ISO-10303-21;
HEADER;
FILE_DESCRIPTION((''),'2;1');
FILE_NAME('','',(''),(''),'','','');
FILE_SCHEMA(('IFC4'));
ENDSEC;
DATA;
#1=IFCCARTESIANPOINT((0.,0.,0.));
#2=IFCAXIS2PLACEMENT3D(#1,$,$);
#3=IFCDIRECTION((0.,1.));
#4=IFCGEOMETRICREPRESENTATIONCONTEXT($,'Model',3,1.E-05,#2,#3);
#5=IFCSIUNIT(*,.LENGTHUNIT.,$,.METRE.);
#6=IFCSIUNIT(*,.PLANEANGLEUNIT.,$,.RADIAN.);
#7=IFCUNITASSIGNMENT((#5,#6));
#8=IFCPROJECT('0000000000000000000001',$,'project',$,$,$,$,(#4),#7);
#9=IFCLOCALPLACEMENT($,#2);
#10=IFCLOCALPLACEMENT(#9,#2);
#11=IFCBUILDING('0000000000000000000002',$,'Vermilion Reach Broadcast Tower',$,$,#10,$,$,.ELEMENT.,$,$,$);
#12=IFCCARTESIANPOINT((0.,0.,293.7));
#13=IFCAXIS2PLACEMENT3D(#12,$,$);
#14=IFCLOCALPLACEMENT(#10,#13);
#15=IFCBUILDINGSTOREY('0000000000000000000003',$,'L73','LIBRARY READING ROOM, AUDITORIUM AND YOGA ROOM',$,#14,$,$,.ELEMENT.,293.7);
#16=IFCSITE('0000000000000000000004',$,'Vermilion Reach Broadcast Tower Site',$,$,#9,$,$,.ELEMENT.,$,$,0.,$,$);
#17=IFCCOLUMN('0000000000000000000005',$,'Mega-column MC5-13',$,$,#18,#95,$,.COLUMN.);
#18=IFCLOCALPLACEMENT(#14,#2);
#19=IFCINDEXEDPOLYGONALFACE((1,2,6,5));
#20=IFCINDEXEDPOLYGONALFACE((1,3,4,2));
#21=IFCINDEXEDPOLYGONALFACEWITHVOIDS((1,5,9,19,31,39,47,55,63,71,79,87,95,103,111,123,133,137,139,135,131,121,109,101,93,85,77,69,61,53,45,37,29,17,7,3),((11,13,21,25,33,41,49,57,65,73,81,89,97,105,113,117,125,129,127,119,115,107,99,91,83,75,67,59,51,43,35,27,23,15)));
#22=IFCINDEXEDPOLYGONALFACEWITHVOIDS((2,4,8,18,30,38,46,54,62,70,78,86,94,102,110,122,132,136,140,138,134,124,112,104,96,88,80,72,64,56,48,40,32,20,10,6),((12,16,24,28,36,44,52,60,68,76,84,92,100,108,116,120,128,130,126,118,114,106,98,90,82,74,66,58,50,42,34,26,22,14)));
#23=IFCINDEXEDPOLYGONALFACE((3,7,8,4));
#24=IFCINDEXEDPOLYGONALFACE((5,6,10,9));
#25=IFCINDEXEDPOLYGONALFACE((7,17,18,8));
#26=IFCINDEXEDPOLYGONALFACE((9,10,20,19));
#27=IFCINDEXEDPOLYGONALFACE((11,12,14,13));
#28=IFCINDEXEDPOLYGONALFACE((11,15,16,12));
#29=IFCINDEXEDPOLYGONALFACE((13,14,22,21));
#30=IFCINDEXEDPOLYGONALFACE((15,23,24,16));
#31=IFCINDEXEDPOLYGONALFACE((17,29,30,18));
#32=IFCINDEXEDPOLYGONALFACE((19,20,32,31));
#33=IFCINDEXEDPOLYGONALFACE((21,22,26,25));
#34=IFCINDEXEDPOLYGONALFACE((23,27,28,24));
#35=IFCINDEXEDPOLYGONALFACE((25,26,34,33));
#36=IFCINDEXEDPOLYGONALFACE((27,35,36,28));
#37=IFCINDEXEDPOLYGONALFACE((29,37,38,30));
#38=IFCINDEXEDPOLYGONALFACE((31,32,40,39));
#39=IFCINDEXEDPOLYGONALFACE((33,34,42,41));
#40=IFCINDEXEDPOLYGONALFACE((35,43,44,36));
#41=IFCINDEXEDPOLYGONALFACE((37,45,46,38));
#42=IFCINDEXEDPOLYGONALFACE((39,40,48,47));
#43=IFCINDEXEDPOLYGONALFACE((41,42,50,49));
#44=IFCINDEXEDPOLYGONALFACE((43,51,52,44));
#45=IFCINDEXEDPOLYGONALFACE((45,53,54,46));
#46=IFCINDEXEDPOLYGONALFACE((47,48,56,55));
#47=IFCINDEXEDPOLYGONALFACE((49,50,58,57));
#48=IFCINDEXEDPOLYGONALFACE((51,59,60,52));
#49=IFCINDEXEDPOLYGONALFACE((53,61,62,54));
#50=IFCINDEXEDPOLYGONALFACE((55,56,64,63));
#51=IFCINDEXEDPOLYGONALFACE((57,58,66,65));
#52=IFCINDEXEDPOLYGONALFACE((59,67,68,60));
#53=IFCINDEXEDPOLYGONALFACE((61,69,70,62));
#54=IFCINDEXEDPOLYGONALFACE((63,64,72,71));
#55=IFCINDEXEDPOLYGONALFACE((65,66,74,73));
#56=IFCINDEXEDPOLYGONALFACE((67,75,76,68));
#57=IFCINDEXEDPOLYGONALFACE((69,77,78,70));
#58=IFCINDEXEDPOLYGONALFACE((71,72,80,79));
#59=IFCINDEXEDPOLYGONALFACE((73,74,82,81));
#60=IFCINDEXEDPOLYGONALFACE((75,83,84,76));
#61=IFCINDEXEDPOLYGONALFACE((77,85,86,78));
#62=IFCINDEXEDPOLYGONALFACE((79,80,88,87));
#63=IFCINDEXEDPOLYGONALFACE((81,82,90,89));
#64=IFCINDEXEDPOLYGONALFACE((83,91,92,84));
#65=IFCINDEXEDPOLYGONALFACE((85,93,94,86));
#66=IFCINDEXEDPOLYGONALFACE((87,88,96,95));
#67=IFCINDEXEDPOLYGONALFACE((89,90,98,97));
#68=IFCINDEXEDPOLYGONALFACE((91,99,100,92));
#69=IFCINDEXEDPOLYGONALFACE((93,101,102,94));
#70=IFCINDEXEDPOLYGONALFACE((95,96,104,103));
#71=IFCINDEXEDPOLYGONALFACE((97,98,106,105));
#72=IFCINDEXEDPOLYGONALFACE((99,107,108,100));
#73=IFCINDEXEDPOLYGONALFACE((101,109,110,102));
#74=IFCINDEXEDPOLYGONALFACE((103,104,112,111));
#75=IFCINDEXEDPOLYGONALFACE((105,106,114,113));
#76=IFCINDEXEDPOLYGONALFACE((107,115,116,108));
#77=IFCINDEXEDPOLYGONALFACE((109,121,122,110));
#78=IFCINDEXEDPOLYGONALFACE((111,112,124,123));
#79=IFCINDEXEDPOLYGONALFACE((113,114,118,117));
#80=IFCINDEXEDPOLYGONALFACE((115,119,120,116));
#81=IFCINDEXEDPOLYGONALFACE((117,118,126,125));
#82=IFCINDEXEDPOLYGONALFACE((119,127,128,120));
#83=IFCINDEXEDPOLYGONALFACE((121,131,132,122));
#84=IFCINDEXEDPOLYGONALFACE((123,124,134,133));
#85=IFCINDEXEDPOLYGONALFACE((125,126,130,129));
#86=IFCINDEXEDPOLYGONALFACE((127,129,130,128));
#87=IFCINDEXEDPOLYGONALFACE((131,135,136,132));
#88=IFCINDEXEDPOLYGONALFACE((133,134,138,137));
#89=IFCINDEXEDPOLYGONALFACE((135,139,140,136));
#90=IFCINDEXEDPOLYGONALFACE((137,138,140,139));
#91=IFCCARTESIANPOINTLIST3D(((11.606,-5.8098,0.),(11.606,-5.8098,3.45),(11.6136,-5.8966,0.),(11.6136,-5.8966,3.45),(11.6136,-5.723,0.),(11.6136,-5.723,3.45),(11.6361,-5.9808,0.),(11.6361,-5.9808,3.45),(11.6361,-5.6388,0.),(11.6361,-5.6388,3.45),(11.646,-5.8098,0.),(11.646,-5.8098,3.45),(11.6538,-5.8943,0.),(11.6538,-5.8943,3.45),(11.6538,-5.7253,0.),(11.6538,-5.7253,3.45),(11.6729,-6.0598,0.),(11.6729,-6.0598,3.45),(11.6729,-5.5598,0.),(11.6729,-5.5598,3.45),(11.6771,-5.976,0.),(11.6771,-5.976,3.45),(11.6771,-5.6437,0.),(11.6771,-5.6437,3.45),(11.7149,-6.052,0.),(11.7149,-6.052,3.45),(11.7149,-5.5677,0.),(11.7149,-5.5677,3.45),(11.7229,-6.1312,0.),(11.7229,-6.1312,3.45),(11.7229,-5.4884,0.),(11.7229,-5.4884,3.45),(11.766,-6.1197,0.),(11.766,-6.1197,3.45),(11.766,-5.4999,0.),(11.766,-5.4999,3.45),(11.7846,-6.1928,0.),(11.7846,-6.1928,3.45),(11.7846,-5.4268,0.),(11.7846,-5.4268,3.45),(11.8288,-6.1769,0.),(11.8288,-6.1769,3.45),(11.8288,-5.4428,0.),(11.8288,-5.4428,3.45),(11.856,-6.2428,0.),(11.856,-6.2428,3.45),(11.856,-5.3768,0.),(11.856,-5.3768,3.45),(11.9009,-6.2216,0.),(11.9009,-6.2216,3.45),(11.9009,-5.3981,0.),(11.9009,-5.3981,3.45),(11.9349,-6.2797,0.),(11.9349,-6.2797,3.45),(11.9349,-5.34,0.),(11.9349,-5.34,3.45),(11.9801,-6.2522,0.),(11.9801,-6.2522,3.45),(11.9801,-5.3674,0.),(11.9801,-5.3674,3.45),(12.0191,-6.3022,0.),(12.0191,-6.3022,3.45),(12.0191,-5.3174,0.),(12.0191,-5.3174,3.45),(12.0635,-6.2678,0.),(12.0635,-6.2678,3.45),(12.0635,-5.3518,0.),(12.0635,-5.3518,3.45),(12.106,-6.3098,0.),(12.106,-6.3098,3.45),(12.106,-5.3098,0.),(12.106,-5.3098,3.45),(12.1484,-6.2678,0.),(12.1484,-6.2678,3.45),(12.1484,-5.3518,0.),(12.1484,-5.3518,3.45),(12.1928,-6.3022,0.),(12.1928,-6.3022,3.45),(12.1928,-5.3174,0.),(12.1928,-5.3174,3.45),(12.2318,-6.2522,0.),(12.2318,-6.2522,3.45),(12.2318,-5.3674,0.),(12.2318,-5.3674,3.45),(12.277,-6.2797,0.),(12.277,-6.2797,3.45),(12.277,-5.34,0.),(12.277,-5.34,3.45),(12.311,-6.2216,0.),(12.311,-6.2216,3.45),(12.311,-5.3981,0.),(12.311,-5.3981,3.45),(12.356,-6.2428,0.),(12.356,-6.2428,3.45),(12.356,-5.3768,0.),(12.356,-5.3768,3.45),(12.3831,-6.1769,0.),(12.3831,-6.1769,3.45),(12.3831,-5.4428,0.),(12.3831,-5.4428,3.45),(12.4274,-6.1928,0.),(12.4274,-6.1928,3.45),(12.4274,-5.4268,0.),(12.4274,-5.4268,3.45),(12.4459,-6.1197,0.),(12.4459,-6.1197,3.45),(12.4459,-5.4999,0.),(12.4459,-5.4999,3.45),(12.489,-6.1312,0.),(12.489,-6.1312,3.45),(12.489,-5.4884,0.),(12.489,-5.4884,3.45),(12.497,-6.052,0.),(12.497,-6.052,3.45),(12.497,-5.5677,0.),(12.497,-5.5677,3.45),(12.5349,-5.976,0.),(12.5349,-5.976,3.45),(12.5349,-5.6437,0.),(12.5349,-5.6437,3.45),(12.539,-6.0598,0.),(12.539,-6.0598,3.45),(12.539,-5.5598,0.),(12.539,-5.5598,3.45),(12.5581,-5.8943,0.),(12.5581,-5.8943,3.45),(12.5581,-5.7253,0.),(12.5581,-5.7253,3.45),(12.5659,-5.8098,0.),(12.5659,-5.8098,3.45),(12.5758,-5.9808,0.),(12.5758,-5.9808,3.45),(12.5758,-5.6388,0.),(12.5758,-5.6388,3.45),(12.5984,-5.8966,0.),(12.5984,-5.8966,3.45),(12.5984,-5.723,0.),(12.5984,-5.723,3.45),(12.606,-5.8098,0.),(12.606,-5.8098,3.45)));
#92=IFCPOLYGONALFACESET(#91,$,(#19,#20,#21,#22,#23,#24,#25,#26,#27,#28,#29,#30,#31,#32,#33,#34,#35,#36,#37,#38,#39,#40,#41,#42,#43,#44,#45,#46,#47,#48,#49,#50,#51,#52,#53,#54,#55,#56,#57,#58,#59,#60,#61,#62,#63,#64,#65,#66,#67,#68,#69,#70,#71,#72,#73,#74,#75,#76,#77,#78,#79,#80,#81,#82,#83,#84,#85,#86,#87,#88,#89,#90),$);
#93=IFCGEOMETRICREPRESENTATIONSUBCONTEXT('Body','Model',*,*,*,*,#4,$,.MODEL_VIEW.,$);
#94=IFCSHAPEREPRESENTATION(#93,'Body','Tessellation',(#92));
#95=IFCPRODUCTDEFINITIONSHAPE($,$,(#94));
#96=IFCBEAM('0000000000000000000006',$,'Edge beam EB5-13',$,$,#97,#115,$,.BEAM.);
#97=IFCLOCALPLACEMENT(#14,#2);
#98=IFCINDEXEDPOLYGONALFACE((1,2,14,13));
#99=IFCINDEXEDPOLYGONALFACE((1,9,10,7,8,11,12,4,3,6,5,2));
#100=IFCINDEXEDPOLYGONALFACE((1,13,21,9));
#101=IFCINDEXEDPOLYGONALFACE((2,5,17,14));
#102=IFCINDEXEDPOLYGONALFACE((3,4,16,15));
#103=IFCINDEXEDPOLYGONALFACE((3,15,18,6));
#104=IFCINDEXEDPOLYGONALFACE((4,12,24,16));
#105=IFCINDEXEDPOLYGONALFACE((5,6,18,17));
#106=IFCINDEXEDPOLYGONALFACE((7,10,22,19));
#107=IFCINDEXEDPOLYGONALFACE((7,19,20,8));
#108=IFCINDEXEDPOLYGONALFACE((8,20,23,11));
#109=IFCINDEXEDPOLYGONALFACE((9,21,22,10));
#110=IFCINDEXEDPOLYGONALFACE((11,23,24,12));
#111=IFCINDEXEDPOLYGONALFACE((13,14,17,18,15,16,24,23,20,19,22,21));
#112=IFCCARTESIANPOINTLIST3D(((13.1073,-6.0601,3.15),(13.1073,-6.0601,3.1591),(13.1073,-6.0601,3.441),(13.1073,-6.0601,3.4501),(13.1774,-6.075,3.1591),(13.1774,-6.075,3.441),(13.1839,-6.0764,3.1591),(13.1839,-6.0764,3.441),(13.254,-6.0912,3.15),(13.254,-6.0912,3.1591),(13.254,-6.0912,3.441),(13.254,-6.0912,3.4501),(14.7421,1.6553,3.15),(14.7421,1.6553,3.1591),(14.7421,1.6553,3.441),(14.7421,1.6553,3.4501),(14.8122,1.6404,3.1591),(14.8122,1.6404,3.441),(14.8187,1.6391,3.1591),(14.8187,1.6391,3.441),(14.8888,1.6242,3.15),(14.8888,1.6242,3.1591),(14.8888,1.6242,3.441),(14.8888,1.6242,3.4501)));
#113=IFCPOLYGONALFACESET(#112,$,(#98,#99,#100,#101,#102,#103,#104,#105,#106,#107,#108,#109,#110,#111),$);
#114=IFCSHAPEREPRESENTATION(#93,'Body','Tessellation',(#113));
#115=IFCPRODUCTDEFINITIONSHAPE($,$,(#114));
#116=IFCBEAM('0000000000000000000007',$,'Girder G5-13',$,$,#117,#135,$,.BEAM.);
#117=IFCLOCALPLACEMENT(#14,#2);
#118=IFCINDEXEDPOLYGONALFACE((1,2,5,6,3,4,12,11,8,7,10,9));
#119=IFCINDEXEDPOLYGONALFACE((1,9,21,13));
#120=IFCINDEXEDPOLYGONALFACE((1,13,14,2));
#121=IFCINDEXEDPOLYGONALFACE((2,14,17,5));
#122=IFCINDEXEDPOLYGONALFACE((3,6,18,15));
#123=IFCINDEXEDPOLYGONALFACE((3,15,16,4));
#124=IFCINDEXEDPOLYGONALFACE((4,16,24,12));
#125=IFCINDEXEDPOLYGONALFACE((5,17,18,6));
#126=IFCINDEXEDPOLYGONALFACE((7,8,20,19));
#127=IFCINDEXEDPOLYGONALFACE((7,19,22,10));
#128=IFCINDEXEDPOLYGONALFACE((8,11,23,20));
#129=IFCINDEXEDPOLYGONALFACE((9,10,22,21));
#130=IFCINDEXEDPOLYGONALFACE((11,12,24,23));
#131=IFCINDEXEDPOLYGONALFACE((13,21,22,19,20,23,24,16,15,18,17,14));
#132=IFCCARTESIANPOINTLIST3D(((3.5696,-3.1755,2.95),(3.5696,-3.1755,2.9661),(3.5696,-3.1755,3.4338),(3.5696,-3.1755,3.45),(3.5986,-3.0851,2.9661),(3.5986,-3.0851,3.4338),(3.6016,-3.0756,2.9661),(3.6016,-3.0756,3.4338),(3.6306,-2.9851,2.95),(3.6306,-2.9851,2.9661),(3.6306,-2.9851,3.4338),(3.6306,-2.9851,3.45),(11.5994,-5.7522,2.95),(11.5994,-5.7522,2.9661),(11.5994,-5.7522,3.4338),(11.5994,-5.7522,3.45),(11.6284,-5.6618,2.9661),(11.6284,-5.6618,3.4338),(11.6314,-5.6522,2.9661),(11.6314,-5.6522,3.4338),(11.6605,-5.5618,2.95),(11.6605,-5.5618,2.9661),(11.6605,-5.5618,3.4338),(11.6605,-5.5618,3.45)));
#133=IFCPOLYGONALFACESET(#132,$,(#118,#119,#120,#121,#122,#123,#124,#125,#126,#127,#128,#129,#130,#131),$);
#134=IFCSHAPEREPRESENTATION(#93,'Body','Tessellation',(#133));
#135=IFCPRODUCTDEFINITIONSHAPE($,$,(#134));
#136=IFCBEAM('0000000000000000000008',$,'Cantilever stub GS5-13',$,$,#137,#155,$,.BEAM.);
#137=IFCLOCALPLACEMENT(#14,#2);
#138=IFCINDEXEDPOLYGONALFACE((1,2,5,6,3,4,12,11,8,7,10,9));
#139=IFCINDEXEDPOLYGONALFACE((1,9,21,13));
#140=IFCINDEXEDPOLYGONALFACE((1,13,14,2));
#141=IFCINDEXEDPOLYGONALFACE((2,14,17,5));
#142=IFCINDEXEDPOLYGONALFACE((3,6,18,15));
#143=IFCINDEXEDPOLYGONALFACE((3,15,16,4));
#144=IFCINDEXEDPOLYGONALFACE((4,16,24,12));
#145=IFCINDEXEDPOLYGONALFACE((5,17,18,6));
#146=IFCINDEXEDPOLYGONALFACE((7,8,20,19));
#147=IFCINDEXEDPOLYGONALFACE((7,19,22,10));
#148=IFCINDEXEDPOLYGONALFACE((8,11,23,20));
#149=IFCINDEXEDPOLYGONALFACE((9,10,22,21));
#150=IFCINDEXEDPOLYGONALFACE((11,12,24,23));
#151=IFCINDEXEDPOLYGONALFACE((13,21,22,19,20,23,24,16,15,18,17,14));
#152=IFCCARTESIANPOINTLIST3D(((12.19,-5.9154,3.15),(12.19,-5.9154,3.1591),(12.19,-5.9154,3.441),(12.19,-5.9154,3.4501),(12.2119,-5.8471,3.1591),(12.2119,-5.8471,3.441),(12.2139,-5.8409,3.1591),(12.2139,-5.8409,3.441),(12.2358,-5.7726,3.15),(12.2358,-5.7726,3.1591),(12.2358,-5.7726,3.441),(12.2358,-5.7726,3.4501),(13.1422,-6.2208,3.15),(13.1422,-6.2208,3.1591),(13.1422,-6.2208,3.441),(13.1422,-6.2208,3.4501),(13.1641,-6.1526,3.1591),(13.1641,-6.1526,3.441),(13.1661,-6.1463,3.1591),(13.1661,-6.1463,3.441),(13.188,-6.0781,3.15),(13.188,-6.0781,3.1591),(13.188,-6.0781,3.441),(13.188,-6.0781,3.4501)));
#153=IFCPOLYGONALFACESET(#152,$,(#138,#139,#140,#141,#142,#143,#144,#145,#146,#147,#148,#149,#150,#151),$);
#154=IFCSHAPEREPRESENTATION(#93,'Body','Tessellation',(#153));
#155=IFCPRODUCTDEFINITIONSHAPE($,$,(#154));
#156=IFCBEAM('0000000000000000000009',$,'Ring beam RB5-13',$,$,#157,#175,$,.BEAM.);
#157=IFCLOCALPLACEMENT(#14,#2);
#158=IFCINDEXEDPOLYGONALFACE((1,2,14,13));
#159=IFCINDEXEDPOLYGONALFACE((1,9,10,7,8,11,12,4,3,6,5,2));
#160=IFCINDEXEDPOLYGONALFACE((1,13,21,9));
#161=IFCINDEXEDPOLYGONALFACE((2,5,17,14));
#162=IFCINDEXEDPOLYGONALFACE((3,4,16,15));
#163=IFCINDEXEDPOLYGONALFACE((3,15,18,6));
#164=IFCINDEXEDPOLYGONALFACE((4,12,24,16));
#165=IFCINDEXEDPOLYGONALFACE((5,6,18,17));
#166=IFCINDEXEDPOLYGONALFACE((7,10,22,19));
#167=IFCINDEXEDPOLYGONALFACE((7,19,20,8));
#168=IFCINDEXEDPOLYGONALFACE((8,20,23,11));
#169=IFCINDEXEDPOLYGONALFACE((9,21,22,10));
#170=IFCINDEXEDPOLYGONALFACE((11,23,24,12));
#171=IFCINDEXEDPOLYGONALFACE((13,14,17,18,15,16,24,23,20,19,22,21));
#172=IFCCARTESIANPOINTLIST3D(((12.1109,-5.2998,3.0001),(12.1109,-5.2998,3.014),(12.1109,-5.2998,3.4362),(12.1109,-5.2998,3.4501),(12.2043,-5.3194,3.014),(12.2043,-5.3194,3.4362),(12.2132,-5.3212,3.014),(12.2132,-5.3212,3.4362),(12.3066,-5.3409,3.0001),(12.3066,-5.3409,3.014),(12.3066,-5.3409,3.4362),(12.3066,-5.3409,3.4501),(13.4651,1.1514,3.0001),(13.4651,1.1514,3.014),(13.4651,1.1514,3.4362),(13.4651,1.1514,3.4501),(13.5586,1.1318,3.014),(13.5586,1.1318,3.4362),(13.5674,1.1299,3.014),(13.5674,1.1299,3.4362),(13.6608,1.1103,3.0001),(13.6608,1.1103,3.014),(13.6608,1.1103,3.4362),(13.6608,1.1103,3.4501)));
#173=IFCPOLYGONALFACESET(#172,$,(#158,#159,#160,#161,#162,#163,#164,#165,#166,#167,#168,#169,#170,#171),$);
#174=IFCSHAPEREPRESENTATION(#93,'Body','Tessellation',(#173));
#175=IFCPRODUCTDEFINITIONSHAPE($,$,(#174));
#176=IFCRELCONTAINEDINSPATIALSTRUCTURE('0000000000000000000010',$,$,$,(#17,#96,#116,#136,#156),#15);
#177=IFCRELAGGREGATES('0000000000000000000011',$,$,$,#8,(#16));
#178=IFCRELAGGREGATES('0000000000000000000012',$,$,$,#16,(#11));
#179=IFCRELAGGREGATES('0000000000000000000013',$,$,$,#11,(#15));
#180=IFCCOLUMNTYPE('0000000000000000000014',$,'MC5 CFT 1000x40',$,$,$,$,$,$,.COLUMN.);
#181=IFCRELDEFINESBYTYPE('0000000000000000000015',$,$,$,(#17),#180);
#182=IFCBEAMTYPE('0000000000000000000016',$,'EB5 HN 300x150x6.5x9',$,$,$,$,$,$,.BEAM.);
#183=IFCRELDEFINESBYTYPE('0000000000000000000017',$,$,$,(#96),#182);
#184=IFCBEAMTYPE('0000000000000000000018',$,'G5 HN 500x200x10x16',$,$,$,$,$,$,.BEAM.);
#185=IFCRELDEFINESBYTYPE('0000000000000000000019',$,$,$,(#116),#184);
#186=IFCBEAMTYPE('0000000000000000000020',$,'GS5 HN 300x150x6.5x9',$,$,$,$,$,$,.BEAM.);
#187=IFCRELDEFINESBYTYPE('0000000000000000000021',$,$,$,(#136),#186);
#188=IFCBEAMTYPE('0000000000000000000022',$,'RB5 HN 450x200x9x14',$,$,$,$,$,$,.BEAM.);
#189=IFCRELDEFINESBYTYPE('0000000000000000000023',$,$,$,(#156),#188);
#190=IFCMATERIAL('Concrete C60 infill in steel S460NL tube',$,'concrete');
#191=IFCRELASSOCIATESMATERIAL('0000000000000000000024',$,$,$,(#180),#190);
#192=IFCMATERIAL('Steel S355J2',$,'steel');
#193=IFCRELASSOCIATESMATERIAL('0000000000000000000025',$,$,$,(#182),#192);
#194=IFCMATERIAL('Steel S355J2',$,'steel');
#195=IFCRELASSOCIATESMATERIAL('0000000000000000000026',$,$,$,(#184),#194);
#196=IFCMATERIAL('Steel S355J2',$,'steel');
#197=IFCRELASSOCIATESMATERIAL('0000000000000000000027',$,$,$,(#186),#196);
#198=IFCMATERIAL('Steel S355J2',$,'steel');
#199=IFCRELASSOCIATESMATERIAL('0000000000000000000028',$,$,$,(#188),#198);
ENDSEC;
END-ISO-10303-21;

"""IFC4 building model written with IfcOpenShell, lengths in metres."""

from ifc_helpers import new_model, si_unit, direction, frame, origin, origin_2d, place, context, subcontext, project, spatial, hollow_circle, i_section, extrude, material, material_profile, profile_set, type_object, element, save


model = new_model("IFC4")

# Units and contexts
model_context = context("Model", 3, precision=1e-05, world=origin(), true_north=direction((0.0, 1.0)))
body_context = subcontext(model_context, "Body", "Model", "MODEL_VIEW")
ifc_project = project(units=[si_unit("LENGTHUNIT", "METRE"), si_unit("PLANEANGLEUNIT", "RADIAN")], contexts=[model_context])

# Site, building, storey
site_placement = place(None, origin())
site = spatial("IfcSite", under=ifc_project, at=site_placement, Name="Vermilion Reach Broadcast Tower Site", CompositionType="ELEMENT", RefElevation=0.0)
building_placement = place(site_placement, origin())
building = spatial("IfcBuilding", under=site, at=building_placement, Name="Vermilion Reach Broadcast Tower", CompositionType="ELEMENT")
storey_placement = place(building_placement, frame((0.0, 0.0, 293.7)))
storey = spatial("IfcBuildingStorey", under=building, at=storey_placement, Name="L73", Description="LIBRARY READING ROOM, AUDITORIUM AND YOGA ROOM", CompositionType="ELEMENT", Elevation=293.7)

# Column
ifc_material_1 = material(Name="Concrete C60 infill in steel S460NL tube", Category="concrete")
ifc_material_profile_1 = material_profile(ifc_material_1, hollow_circle(Radius=0.5, WallThickness=0.04, at=origin_2d()), Name="Concrete C60 infill in steel S460NL tube CFT 1000x40")
ifc_profile_set_1 = profile_set([ifc_material_profile_1], Name="Concrete C60 infill in steel S460NL tube")
column_type = type_object("IfcColumnType", Name="MC5 CFT 1000x40", PredefinedType="COLUMN", material=ifc_profile_set_1)
column_placement = place(storey_placement, frame((12.106, -5.8098, 0.0), z_axis=(0.0, 0.0, 1.0), x_axis=(1.0, 0.0, 0.0)))
element("IfcColumn", 1, at=column_placement, inside=storey, type_object=column_type, Name="Mega-column MC5-13", PredefinedType="COLUMN", context=body_context, shape_type="SweptSolid", body=[
    extrude(hollow_circle(Radius=0.5, WallThickness=0.04, at=origin_2d()), origin(), (0.0, 0.0, 1.0), 3.45),
])

# Beams
ifc_material_2 = material(Name="Steel S355J2", Category="steel")
ifc_material_profile_2 = material_profile(ifc_material_2, i_section(OverallWidth=0.1499, OverallDepth=0.3, WebThickness=0.0066, FlangeThickness=0.009, at=origin_2d()), Name="S355J2 HN 300x150x6.5x9")
ifc_profile_set_2 = profile_set([ifc_material_profile_2], Name="Steel S355J2")
beam_type_1 = type_object("IfcBeamType", Name="EB5 HN 300x150x6.5x9", PredefinedType="BEAM", material=ifc_profile_set_2)
beam_1_placement = place(storey_placement, frame((13.1807, -6.0757, 3.3), z_axis=(0.207283, 0.978281, 0.0), x_axis=(-0.978281, 0.207283, 0.0)))
element("IfcBeam", 2, at=beam_1_placement, inside=storey, type_object=beam_type_1, Name="Edge beam EB5-13", PredefinedType="BEAM", context=body_context, shape_type="SweptSolid", body=[
    extrude(i_section(OverallWidth=0.1499, OverallDepth=0.3, WebThickness=0.0066, FlangeThickness=0.009, at=origin_2d()), origin(), (0.0, 0.0, 1.0), 7.8867),
])
ifc_material_3 = material(Name="Steel S355J2", Category="steel")
ifc_material_profile_3 = material_profile(ifc_material_3, i_section(OverallWidth=0.2, OverallDepth=0.5, WebThickness=0.01, FlangeThickness=0.0161, at=origin_2d()), Name="S355J2 HN 500x200x10x16")
ifc_profile_set_3 = profile_set([ifc_material_profile_3], Name="Steel S355J2")
beam_type_2 = type_object("IfcBeamType", Name="G5 HN 500x200x10x16", PredefinedType="BEAM", material=ifc_profile_set_3)
beam_2_placement = place(storey_placement, frame((3.6001, -3.0803, 3.2), z_axis=(0.952178, -0.305542, 0.0), x_axis=(0.305542, 0.952178, 0.0)))
element("IfcBeam", 3, at=beam_2_placement, inside=storey, type_object=beam_type_2, Name="Girder G5-13", PredefinedType="BEAM", context=body_context, shape_type="SweptSolid", body=[
    extrude(i_section(OverallWidth=0.2, OverallDepth=0.5, WebThickness=0.01, FlangeThickness=0.0161, at=origin_2d()), origin(), (0.0, 0.0, 1.0), 8.4331),
])
ifc_material_4 = material(Name="Steel S355J2", Category="steel")
ifc_material_profile_4 = material_profile(ifc_material_4, i_section(OverallWidth=0.1499, OverallDepth=0.3, WebThickness=0.0066, FlangeThickness=0.009, at=origin_2d()), Name="S355J2 HN 300x150x6.5x9")
ifc_profile_set_4 = profile_set([ifc_material_profile_4], Name="Steel S355J2")
beam_type_3 = type_object("IfcBeamType", Name="GS5 HN 300x150x6.5x9", PredefinedType="BEAM", material=ifc_profile_set_4)
beam_3_placement = place(storey_placement, frame((12.2129, -5.844, 3.3), z_axis=(0.952211, -0.30544, 0.0), x_axis=(0.30544, 0.952211, 0.0)))
element("IfcBeam", 4, at=beam_3_placement, inside=storey, type_object=beam_type_3, Name="Cantilever stub GS5-13", PredefinedType="BEAM", context=body_context, shape_type="SweptSolid", body=[
    extrude(i_section(OverallWidth=0.1499, OverallDepth=0.3, WebThickness=0.0066, FlangeThickness=0.009, at=origin_2d()), origin(), (0.0, 0.0, 1.0), 1.0),
])
ifc_material_5 = material(Name="Steel S355J2", Category="steel")
ifc_material_profile_5 = material_profile(ifc_material_5, i_section(OverallWidth=0.2, OverallDepth=0.45, WebThickness=0.009, FlangeThickness=0.0139, at=origin_2d()), Name="S355J2 HN 450x200x9x14")
ifc_profile_set_5 = profile_set([ifc_material_profile_5], Name="Steel S355J2")
beam_type_4 = type_object("IfcBeamType", Name="RB5 HN 450x200x9x14", PredefinedType="BEAM", material=ifc_profile_set_5)
beam_4_placement = place(storey_placement, frame((12.2087, -5.3203, 3.2251), z_axis=(0.205445, 0.978669, 0.0), x_axis=(-0.978669, 0.205445, 0.0)))
element("IfcBeam", 5, at=beam_4_placement, inside=storey, type_object=beam_type_4, Name="Ring beam RB5-13", PredefinedType="BEAM", context=body_context, shape_type="SweptSolid", body=[
    extrude(i_section(OverallWidth=0.2, OverallDepth=0.45, WebThickness=0.009, FlangeThickness=0.0139, at=origin_2d()), origin(), (0.0, 0.0, 1.0), 6.5918),
])

save(model, "model.ifc")
